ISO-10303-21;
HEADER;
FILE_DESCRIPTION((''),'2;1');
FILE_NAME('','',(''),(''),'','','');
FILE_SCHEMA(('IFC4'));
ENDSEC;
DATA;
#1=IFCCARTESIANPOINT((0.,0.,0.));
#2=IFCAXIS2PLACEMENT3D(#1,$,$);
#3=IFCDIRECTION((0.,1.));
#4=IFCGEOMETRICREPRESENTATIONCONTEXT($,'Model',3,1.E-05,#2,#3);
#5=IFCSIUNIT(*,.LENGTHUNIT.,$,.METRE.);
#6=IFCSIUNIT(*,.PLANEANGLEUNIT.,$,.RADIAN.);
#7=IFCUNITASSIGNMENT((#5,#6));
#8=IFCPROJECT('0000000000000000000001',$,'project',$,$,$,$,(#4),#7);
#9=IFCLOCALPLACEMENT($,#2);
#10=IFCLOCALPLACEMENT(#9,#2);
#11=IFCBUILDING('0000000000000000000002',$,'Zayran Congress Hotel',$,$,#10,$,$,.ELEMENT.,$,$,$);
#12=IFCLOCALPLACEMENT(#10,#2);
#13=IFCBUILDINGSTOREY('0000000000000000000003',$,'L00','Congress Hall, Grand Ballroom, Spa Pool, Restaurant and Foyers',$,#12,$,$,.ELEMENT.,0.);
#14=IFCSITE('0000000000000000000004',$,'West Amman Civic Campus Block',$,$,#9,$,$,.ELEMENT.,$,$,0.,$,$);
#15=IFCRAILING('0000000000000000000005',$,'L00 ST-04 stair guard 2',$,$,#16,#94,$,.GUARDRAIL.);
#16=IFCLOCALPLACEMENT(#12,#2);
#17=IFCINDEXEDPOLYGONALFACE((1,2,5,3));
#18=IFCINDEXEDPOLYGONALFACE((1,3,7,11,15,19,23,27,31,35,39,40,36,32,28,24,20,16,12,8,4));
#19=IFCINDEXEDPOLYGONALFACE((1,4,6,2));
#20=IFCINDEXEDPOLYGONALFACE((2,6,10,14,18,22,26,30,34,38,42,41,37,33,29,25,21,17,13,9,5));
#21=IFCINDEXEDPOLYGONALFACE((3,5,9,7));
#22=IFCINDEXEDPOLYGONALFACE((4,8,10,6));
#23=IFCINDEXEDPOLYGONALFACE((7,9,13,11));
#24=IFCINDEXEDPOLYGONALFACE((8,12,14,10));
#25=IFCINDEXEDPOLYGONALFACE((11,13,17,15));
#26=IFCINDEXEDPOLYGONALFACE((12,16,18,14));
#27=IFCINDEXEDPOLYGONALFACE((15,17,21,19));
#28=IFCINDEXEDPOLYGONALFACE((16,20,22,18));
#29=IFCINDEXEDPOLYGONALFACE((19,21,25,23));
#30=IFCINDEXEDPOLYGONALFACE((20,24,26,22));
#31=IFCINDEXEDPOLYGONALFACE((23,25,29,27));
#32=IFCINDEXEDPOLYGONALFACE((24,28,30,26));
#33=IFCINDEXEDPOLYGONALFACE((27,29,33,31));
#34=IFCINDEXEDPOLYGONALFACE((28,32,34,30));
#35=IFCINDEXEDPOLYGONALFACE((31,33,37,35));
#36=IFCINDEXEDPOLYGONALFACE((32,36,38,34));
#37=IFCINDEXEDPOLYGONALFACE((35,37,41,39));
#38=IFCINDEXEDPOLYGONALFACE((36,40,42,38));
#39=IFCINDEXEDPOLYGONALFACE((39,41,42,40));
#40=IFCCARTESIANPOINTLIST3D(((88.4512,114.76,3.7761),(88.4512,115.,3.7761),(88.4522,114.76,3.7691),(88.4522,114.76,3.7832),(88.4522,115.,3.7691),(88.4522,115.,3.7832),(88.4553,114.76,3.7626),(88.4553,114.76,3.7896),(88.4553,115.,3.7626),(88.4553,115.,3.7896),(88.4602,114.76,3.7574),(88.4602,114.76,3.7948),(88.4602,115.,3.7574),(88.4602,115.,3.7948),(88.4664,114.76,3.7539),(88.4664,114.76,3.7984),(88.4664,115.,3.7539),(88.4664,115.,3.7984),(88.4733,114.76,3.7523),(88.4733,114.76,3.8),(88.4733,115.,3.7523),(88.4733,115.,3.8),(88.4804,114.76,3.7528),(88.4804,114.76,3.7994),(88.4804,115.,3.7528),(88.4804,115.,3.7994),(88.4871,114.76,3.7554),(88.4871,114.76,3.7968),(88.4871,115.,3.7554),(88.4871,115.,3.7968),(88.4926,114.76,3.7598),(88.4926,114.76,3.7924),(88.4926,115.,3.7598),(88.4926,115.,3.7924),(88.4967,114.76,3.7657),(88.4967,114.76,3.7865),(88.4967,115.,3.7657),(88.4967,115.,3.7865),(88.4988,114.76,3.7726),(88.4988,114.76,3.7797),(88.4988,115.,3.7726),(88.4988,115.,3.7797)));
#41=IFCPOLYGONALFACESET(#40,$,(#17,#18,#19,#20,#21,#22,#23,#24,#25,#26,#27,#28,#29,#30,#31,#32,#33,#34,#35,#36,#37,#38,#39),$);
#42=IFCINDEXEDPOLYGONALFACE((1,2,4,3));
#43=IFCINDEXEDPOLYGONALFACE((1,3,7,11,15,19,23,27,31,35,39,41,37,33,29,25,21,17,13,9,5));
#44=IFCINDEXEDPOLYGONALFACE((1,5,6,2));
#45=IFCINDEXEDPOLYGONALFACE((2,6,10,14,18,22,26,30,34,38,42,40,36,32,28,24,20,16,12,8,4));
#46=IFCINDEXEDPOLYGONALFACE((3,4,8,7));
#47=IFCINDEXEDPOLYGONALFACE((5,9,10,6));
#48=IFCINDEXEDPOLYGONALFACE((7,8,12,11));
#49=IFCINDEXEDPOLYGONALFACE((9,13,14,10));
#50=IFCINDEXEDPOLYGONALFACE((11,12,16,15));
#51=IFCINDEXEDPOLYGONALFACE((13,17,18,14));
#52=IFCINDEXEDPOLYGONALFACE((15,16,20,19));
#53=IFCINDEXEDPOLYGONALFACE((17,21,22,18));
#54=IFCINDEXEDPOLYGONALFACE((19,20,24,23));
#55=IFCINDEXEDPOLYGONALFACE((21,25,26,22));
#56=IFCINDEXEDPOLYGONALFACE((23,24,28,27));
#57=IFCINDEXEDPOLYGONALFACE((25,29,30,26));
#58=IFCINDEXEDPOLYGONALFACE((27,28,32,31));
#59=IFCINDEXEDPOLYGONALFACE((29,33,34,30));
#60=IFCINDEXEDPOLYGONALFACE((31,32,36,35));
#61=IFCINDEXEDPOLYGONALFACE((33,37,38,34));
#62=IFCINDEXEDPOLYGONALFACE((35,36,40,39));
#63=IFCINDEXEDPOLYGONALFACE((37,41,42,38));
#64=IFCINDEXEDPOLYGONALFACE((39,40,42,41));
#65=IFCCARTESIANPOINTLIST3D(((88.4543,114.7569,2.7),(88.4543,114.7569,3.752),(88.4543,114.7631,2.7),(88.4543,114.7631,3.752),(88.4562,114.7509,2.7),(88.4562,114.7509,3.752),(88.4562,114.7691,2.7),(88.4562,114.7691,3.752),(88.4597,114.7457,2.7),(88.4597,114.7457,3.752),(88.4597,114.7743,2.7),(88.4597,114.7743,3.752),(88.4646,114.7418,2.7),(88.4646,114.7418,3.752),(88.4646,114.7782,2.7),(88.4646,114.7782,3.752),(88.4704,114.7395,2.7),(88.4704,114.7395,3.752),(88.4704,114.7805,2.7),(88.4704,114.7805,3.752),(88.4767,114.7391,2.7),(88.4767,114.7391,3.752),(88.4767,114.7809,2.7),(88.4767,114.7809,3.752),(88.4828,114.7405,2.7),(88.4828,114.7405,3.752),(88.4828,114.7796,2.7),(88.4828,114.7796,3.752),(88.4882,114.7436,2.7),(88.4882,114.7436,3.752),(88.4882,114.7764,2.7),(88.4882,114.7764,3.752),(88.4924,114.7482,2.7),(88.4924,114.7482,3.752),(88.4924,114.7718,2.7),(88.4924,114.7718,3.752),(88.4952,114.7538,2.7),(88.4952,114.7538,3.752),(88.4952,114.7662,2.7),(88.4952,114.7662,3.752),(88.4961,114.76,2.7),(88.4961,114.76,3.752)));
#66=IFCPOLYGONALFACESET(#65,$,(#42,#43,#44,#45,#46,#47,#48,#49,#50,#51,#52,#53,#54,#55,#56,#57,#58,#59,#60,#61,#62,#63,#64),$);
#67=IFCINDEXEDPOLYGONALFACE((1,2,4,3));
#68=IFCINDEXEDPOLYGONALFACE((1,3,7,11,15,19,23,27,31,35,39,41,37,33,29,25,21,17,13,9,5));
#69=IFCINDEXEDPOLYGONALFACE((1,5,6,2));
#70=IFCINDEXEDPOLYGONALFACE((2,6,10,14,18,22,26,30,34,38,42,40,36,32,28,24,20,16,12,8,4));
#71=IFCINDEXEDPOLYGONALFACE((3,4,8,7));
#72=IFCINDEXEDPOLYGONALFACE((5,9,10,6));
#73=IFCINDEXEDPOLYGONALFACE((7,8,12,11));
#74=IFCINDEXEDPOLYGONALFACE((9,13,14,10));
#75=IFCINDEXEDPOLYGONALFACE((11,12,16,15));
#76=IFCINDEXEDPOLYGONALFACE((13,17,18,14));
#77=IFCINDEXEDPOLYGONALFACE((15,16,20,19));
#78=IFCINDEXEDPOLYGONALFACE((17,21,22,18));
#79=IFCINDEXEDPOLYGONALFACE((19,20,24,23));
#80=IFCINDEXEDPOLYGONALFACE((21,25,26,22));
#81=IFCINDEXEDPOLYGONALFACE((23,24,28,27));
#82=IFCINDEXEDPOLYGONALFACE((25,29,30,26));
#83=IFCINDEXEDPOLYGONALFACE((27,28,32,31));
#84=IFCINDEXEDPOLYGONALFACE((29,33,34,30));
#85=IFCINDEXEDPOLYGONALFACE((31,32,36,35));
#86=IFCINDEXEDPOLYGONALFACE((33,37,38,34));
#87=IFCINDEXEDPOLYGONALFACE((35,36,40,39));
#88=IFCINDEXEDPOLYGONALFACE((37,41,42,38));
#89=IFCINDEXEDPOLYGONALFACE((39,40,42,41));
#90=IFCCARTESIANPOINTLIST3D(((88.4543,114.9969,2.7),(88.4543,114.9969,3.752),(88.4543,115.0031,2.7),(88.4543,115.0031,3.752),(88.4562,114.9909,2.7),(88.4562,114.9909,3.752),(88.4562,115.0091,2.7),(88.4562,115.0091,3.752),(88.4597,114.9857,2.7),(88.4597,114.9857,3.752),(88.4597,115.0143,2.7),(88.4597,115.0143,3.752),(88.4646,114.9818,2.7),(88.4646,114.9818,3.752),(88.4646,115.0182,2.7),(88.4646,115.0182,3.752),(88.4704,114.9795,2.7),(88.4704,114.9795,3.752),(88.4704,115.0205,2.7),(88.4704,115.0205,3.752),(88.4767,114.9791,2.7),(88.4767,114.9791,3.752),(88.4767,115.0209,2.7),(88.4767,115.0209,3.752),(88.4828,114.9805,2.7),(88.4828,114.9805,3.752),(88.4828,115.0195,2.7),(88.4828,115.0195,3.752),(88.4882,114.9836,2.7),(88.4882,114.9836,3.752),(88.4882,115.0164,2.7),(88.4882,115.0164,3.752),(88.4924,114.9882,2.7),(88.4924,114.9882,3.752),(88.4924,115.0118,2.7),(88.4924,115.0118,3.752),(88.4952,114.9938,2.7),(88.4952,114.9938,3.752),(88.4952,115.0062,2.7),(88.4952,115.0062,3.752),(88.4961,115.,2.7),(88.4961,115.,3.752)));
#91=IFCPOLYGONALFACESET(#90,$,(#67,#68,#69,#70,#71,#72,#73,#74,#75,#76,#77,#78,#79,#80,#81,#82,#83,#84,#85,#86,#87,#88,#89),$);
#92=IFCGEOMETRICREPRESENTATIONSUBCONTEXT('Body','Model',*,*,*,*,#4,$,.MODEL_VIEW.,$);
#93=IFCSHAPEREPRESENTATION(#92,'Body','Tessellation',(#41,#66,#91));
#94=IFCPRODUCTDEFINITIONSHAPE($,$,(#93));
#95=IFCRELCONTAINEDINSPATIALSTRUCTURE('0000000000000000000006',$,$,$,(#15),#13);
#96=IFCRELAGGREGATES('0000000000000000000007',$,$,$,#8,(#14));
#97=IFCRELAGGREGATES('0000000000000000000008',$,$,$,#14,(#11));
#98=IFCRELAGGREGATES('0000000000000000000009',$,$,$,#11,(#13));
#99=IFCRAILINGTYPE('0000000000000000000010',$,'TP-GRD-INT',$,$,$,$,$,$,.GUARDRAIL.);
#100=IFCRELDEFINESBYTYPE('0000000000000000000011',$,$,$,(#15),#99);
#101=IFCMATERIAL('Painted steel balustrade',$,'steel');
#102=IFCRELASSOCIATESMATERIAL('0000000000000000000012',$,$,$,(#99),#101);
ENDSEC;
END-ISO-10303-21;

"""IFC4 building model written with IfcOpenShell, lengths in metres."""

from ifc_helpers import new_model, si_unit, direction, frame, origin, origin_2d, place, context, subcontext, project, spatial, circle, extrude, material, type_object, element, save


model = new_model("IFC4")

# Units and contexts
model_context = context("Model", 3, precision=1e-05, world=origin(), true_north=direction((0.0, 1.0)))
body_context = subcontext(model_context, "Body", "Model", "MODEL_VIEW")
ifc_project = project(units=[si_unit("LENGTHUNIT", "METRE"), si_unit("PLANEANGLEUNIT", "RADIAN")], contexts=[model_context])

# Site, building, storey
site_placement = place(None, origin())
site = spatial("IfcSite", under=ifc_project, at=site_placement, Name="West Amman Civic Campus Block", CompositionType="ELEMENT", RefElevation=0.0)
building_placement = place(site_placement, origin())
building = spatial("IfcBuilding", under=site, at=building_placement, Name="Zayran Congress Hotel", CompositionType="ELEMENT")
storey_placement = place(building_placement, origin())
storey = spatial("IfcBuildingStorey", under=building, at=storey_placement, Name="L00", Description="Congress Hall, Grand Ballroom, Spa Pool, Restaurant and Foyers", CompositionType="ELEMENT", Elevation=0.0)

# Railing
ifc_material_1 = material(Name="Painted steel balustrade", Category="steel")
railing_type_1 = type_object("IfcRailingType", Name="TP-GRD-INT", PredefinedType="GUARDRAIL", material=ifc_material_1)
railing_1_placement = place(storey_placement, frame((88.4751, 114.76, 2.7)))
element("IfcRailing", 1, at=railing_1_placement, inside=storey, type_object=railing_type_1, Name="L00 ST-04 stair guard 2", PredefinedType="GUARDRAIL", context=body_context, shape_type="SweptSolid", body=[
    extrude(circle(Radius=0.0239, at=origin_2d()), frame((0.0, 0.0, 1.0762), z_axis=(0.0, 1.0, 0.0), x_axis=(-1.0, 0.0, 0.0)), (0.0, 0.0, 1.0), 0.24),
    extrude(circle(Radius=0.021, at=origin_2d()), origin(), (0.0, 0.0, 1.0), 1.052),
    extrude(circle(Radius=0.021, at=origin_2d()), frame((0.0, 0.24, 0.0)), (0.0, 0.0, 1.0), 1.052),
])

save(model, "model.ifc")
